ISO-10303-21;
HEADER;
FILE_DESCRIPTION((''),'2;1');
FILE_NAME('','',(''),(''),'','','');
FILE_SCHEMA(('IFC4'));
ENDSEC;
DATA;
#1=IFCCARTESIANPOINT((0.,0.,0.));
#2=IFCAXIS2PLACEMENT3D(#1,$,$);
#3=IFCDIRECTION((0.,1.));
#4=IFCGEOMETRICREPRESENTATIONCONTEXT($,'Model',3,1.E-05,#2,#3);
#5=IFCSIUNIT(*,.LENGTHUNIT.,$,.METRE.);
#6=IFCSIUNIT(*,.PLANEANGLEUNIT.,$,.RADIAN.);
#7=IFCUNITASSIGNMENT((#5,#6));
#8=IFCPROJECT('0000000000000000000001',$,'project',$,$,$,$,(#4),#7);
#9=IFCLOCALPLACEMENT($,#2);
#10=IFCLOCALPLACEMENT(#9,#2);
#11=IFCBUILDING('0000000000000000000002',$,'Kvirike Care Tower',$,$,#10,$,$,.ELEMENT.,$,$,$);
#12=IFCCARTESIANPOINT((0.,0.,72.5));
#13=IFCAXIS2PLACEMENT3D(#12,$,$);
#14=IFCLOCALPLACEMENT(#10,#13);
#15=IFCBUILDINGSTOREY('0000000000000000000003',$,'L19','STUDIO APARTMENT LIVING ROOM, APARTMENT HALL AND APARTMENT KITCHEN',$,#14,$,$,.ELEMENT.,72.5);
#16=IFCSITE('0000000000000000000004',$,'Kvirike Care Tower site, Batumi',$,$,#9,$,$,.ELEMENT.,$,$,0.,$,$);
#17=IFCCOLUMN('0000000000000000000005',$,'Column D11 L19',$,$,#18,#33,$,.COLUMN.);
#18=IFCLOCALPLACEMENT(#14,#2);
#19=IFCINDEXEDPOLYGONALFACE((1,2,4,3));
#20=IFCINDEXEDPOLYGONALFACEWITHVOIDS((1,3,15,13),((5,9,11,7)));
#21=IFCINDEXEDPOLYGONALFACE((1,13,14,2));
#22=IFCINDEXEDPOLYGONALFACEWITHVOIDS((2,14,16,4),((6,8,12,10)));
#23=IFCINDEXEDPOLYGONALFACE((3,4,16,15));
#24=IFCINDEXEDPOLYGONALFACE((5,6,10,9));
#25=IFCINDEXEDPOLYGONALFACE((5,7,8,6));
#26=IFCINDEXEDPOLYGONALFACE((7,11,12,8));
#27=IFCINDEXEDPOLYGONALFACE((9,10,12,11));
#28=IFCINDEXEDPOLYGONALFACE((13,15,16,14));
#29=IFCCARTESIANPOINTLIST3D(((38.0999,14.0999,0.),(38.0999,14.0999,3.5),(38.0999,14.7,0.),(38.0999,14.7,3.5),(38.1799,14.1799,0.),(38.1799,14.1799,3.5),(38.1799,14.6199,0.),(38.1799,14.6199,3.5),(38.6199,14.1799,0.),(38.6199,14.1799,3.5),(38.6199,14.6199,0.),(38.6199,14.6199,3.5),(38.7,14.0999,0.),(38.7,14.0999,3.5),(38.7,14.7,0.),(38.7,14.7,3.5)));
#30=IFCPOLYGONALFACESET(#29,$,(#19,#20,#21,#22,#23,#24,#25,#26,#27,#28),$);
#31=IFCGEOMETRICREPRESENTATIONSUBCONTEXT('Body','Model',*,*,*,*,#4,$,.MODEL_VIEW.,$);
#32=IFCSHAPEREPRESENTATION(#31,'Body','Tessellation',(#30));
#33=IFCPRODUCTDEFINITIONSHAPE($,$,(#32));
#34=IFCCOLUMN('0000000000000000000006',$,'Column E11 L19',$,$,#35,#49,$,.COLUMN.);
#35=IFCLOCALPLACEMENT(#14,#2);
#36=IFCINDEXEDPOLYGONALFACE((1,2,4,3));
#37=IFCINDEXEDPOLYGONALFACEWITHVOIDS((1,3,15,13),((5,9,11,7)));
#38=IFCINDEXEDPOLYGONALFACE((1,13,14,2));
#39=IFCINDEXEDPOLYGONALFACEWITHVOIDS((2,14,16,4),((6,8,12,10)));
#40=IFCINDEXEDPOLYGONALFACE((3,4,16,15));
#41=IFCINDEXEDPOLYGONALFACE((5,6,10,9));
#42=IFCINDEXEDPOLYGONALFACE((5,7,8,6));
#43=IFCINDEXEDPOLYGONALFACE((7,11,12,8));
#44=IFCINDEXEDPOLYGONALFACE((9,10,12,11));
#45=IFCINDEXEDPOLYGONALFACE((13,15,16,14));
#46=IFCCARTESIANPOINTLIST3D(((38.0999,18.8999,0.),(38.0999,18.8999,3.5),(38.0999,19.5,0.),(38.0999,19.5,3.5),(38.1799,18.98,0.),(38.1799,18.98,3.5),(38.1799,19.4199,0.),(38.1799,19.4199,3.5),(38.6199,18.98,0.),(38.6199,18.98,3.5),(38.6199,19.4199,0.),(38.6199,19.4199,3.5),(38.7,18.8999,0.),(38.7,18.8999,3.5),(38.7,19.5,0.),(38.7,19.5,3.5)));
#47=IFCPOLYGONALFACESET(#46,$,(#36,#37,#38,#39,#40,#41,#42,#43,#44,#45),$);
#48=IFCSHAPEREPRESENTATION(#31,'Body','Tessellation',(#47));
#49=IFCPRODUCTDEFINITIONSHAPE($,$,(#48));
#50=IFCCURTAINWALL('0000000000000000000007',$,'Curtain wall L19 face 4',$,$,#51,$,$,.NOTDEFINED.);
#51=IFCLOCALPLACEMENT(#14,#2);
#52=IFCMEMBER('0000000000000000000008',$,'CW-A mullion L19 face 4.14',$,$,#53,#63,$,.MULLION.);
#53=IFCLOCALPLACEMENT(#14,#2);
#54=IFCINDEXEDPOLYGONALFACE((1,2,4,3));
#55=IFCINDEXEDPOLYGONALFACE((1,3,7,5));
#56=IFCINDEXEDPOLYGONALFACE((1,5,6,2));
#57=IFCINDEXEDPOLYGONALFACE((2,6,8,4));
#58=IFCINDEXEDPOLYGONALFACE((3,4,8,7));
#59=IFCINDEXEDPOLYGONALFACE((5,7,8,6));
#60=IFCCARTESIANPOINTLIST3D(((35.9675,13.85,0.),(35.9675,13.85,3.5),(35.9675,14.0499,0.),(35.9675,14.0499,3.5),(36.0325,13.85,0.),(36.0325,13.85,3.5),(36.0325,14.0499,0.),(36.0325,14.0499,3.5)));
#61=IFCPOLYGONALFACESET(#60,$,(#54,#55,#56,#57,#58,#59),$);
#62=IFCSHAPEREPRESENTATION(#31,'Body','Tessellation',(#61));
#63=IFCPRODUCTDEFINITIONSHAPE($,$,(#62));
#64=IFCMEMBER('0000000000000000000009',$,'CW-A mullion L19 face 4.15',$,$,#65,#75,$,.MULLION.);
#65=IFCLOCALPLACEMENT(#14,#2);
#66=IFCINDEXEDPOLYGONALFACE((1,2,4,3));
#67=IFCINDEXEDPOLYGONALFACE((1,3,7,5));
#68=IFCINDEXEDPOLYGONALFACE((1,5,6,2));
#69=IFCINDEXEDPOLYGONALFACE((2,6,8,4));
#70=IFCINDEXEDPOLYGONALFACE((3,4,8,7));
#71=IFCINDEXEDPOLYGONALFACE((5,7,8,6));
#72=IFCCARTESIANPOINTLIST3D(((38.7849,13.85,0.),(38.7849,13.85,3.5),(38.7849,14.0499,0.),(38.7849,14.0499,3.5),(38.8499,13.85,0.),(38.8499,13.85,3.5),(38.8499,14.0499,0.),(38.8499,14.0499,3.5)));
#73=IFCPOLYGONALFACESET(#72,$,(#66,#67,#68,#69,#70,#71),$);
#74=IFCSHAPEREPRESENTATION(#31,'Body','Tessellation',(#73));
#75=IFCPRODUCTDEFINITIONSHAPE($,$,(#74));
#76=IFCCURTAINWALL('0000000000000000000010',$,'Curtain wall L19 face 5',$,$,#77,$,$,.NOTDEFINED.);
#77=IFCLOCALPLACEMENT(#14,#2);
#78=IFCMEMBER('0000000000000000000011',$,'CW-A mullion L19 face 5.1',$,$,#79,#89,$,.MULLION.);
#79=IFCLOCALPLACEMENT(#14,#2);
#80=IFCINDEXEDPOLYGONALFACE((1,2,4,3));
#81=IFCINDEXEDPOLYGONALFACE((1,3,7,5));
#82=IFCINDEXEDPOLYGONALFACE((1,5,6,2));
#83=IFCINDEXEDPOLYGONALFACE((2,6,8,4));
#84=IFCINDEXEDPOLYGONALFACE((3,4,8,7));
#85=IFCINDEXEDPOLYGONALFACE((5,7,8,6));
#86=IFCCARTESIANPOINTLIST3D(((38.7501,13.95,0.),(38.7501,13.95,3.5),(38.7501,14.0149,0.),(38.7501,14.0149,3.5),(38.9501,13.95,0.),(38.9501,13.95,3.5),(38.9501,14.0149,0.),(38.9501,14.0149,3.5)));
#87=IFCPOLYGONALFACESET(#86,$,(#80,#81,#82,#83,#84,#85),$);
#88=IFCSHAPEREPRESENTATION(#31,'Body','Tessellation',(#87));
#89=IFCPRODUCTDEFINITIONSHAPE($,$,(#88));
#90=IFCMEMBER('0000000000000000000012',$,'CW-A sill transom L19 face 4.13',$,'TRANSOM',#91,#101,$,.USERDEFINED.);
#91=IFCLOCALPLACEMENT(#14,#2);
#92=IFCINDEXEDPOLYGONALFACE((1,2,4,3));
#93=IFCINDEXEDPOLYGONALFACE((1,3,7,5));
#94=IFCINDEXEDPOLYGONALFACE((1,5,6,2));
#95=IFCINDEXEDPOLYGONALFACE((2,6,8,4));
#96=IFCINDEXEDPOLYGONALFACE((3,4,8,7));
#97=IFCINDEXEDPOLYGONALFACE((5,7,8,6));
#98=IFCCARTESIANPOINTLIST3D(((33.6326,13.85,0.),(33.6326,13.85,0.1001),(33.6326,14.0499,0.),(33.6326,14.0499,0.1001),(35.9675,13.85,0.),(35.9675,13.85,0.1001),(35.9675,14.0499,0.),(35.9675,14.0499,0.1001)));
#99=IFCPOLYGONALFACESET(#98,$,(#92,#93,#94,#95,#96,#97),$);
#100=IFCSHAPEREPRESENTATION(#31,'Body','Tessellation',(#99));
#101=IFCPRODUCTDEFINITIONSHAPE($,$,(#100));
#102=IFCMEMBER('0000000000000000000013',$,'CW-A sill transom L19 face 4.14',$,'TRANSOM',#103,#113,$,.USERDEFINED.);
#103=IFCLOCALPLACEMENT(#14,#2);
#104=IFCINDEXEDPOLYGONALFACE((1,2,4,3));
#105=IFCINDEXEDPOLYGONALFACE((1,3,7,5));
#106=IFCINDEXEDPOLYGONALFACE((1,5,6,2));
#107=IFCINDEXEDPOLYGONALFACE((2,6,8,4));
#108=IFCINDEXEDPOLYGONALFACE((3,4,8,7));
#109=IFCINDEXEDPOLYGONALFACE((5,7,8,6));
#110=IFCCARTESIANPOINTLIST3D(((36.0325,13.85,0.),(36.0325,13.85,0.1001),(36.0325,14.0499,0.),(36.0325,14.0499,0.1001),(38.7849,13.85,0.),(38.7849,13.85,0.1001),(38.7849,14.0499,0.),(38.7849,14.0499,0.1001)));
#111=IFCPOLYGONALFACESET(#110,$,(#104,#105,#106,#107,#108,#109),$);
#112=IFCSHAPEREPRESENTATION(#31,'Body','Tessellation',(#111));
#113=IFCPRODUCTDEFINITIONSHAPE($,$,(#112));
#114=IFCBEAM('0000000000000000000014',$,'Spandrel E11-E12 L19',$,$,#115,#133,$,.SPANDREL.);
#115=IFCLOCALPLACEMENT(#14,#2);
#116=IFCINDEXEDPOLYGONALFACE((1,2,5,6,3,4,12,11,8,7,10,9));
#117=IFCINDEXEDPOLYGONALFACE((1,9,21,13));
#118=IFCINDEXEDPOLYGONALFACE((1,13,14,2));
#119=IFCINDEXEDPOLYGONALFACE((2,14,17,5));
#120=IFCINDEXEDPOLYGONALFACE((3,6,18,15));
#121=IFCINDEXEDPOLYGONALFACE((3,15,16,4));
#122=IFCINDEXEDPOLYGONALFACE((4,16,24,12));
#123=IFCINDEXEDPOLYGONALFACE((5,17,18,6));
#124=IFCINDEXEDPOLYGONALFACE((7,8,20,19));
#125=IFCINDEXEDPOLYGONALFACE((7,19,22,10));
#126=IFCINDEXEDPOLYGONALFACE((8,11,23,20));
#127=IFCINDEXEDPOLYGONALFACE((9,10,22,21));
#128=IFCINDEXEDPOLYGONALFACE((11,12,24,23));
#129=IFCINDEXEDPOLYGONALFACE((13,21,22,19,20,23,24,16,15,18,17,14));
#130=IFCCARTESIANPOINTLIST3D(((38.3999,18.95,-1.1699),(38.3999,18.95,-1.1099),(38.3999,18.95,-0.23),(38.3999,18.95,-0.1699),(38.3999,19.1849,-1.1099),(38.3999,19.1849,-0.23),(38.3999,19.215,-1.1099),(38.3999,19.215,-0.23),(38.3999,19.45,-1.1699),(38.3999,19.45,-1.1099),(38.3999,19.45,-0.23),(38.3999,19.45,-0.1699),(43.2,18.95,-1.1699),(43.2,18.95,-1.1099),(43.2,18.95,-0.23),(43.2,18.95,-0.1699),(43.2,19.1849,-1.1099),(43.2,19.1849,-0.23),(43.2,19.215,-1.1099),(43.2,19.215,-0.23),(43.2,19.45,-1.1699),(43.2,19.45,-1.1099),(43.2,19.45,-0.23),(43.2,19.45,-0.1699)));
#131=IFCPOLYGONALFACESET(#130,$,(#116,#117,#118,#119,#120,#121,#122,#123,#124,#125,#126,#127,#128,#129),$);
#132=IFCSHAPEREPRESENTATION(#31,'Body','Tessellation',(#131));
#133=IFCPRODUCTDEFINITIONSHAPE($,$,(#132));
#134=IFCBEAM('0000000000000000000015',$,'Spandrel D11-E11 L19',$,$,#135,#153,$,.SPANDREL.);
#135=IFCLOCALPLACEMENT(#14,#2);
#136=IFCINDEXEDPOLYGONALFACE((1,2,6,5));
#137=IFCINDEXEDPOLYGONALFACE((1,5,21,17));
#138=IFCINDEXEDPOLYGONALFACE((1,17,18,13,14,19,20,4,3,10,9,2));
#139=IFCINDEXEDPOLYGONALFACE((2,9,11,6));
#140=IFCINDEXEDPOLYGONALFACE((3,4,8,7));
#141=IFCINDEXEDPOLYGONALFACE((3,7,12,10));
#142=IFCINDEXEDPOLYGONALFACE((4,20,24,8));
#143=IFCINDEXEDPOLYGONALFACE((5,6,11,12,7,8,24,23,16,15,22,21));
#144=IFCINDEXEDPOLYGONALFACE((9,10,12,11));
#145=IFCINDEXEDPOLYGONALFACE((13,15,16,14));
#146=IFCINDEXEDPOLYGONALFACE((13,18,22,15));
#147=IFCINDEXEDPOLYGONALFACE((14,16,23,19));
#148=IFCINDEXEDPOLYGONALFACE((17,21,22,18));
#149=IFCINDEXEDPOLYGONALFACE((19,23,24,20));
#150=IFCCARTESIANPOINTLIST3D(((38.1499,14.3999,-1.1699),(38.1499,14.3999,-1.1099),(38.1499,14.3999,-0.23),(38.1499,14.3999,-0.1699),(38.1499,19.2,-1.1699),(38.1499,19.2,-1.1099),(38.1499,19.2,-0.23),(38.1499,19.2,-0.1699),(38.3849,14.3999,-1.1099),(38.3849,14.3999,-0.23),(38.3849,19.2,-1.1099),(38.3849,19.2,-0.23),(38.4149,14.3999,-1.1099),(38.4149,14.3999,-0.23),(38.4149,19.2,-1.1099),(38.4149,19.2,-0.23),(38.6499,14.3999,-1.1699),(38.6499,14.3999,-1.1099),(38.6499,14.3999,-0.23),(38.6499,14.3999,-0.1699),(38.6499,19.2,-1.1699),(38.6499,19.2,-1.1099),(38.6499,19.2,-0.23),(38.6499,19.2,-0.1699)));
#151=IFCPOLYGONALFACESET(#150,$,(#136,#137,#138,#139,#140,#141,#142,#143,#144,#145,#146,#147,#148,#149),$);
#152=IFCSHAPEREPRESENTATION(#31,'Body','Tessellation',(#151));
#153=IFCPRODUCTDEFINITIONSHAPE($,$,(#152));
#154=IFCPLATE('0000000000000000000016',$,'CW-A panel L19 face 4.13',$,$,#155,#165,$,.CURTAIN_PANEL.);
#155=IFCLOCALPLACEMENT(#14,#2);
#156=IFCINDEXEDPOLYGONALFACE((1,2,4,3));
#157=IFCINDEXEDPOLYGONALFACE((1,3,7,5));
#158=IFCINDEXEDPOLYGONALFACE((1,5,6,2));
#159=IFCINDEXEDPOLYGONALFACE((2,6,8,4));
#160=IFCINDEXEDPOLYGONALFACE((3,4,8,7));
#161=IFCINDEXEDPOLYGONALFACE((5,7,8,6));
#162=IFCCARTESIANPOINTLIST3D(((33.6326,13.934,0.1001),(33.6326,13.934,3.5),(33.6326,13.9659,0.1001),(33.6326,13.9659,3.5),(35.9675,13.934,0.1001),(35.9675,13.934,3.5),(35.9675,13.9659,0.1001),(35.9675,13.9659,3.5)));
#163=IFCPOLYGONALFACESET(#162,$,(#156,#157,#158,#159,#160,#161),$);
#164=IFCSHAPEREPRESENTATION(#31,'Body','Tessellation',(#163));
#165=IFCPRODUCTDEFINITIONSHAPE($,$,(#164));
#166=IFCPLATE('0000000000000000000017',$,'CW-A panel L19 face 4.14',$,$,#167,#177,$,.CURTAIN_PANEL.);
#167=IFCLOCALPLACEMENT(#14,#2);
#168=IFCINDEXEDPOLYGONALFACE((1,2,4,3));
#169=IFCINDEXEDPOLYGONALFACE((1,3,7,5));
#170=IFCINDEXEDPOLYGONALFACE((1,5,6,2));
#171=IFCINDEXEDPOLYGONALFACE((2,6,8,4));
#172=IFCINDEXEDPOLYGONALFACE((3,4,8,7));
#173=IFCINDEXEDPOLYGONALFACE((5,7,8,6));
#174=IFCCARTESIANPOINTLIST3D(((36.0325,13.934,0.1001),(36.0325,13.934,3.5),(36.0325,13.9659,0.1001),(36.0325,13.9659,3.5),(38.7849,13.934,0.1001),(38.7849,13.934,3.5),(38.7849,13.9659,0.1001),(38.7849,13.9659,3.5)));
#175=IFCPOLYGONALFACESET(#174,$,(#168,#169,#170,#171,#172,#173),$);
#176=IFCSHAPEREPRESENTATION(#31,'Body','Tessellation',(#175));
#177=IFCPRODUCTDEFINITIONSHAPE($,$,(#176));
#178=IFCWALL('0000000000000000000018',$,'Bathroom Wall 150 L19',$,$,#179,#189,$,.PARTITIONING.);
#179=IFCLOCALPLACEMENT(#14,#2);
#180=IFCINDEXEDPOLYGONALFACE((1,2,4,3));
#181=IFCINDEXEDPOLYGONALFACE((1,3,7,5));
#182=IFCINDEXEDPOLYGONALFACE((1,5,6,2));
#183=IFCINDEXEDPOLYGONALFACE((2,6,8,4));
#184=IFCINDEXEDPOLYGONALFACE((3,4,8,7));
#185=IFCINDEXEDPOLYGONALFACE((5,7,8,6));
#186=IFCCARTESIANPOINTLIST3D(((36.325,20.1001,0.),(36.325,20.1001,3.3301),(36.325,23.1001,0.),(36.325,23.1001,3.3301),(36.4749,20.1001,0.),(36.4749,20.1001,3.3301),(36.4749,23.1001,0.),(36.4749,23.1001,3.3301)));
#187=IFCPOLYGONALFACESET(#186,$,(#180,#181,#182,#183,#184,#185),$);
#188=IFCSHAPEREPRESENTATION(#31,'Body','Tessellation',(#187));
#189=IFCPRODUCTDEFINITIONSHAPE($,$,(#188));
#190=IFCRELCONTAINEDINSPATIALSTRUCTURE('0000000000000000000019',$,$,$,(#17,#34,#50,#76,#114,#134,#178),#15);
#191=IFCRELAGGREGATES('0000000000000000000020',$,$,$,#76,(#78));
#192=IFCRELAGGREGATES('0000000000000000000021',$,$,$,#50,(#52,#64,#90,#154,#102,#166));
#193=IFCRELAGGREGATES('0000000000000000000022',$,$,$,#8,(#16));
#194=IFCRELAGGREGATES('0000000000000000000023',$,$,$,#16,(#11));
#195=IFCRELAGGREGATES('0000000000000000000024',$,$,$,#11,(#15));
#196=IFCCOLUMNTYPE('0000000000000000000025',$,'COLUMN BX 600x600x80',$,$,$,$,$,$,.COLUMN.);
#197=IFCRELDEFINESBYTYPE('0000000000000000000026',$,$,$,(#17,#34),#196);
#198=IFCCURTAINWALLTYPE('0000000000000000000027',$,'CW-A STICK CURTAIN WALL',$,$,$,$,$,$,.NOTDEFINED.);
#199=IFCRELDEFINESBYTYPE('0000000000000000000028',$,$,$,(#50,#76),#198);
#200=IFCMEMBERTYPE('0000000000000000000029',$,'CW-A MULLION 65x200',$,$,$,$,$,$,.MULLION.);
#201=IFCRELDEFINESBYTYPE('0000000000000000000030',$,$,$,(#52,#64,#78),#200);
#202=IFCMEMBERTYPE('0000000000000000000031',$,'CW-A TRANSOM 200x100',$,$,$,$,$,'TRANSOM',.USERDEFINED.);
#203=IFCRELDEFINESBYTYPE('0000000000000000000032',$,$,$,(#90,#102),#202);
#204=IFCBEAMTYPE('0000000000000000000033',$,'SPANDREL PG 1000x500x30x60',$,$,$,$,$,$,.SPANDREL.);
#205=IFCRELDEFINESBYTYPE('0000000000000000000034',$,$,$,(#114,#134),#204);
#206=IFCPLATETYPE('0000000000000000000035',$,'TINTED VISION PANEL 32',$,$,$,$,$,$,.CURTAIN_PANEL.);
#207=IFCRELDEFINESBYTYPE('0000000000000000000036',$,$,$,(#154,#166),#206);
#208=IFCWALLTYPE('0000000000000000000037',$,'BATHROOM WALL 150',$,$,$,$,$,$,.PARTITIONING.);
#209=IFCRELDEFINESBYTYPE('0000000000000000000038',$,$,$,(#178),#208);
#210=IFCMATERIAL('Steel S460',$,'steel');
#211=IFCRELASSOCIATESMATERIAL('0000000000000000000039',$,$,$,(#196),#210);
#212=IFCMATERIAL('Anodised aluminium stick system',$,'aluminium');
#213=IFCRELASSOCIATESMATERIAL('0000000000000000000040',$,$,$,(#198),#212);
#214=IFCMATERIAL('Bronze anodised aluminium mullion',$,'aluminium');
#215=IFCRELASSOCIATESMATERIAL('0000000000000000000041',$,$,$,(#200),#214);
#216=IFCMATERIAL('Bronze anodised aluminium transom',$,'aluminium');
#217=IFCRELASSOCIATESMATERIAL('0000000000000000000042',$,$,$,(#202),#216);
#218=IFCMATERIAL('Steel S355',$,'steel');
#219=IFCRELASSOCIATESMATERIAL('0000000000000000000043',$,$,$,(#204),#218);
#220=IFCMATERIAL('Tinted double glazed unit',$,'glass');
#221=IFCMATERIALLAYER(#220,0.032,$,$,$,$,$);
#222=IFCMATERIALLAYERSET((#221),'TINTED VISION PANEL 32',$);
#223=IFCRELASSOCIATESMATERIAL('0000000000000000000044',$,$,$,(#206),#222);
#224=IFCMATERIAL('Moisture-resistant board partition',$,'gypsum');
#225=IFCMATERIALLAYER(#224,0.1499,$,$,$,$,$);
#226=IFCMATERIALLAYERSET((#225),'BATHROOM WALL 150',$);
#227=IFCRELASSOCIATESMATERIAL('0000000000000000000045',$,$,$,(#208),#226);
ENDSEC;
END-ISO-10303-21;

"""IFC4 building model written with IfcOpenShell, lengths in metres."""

from ifc_helpers import new_model, si_unit, direction, frame, frame_2d, origin, origin_2d, place, context, subcontext, project, spatial, rectangle, hollow_rectangle, i_section, extrude, material, layer, layer_set, material_profile, profile_set, type_object, element, aggregate, save


model = new_model("IFC4")

# Units and contexts
model_context = context("Model", 3, precision=1e-05, world=origin(), true_north=direction((0.0, 1.0)))
body_context = subcontext(model_context, "Body", "Model", "MODEL_VIEW")
ifc_project = project(units=[si_unit("LENGTHUNIT", "METRE"), si_unit("PLANEANGLEUNIT", "RADIAN")], contexts=[model_context])

# Site, building, storey
site_placement = place(None, origin())
site = spatial("IfcSite", under=ifc_project, at=site_placement, Name="Kvirike Care Tower site, Batumi", CompositionType="ELEMENT", RefElevation=0.0)
building_placement = place(site_placement, origin())
building = spatial("IfcBuilding", under=site, at=building_placement, Name="Kvirike Care Tower", CompositionType="ELEMENT")
storey_placement = place(building_placement, frame((0.0, 0.0, 72.5)))
storey = spatial("IfcBuildingStorey", under=building, at=storey_placement, Name="L19", Description="STUDIO APARTMENT LIVING ROOM, APARTMENT HALL AND APARTMENT KITCHEN", CompositionType="ELEMENT", Elevation=72.5)

# Columns
ifc_material_1 = material(Name="Steel S460", Category="steel")
ifc_material_profile_1 = material_profile(ifc_material_1, hollow_rectangle(XDim=0.6001, YDim=0.6001, WallThickness=0.0801, at=origin_2d()), Name="BX 600x600x80")
ifc_profile_set_1 = profile_set([ifc_material_profile_1], Name="Steel S460")
column_type = type_object("IfcColumnType", Name="COLUMN BX 600x600x80", PredefinedType="COLUMN", material=ifc_profile_set_1)
for number, where, z_axis, x_axis, name in (
    (1, (38.3999, 14.3999, 0.0), (0.0, 0.0, 1.0), (0.0, 1.0, 0.0), "Column D11 L19"),
    (2, (38.3999, 19.2, 0.0), (0.0, 0.0, 1.0), (0.0, 1.0, 0.0), "Column E11 L19"),
):
    element("IfcColumn", number, at=place(storey_placement, frame(where, z_axis=z_axis, x_axis=x_axis)), inside=storey, type_object=column_type, Name=name, PredefinedType="COLUMN", context=body_context, shape_type="SweptSolid", body=[
        extrude(hollow_rectangle(XDim=0.6001, YDim=0.6001, WallThickness=0.0801, at=origin_2d()), origin(), (0.0, 0.0, 1.0), 3.5),
    ])

# Curtain wall, members
ifc_material_2 = material(Name="Anodised aluminium stick system", Category="aluminium")
curtain_wall_type = type_object("IfcCurtainWallType", Name="CW-A STICK CURTAIN WALL", PredefinedType="NOTDEFINED", material=ifc_material_2)
curtain_wall_1_placement = place(storey_placement, origin())
curtain_wall_1 = element("IfcCurtainWall", 3, at=curtain_wall_1_placement, inside=storey, type_object=curtain_wall_type, Name="Curtain wall L19 face 4", PredefinedType="NOTDEFINED")
ifc_material_3 = material(Name="Bronze anodised aluminium mullion", Category="aluminium")
ifc_material_profile_2 = material_profile(ifc_material_3, rectangle(XDim=0.0649, YDim=0.2, at=origin_2d()), Name="CW-A MULLION 65x200")
ifc_profile_set_2 = profile_set([ifc_material_profile_2], Name="Bronze anodised aluminium mullion")
member_type_1 = type_object("IfcMemberType", Name="CW-A MULLION 65x200", PredefinedType="MULLION", material=ifc_profile_set_2)
member_1_placement = place(storey_placement, frame((36.0, 13.95, 0.0), z_axis=(0.0, 0.0, 1.0), x_axis=(1.0, 0.0, 0.0)))
member_1 = element("IfcMember", 4, at=member_1_placement, type_object=member_type_1, Name="CW-A mullion L19 face 4.14", PredefinedType="MULLION", context=body_context, shape_type="SweptSolid", body=[
    extrude(rectangle(XDim=0.0649, YDim=0.2, at=origin_2d()), origin(), (0.0, 0.0, 1.0), 3.5),
])
member_2_placement = place(storey_placement, frame((38.8174, 13.95, 0.0), z_axis=(0.0, 0.0, 1.0), x_axis=(1.0, 0.0, 0.0)))
member_2 = element("IfcMember", 5, at=member_2_placement, type_object=member_type_1, Name="CW-A mullion L19 face 4.15", PredefinedType="MULLION", context=body_context, shape_type="SweptSolid", body=[
    extrude(rectangle(XDim=0.0649, YDim=0.2, at=origin_2d()), origin(), (0.0, 0.0, 1.0), 3.5),
])

# Curtain wall, member
curtain_wall_2_placement = place(storey_placement, origin())
curtain_wall_2 = element("IfcCurtainWall", 6, at=curtain_wall_2_placement, inside=storey, type_object=curtain_wall_type, Name="Curtain wall L19 face 5", PredefinedType="NOTDEFINED")
member_3_placement = place(storey_placement, frame((38.8501, 13.9824, 0.0), z_axis=(0.0, 0.0, 1.0), x_axis=(0.0, 1.0, 0.0)))
member_3 = element("IfcMember", 7, at=member_3_placement, type_object=member_type_1, Name="CW-A mullion L19 face 5.1", PredefinedType="MULLION", context=body_context, shape_type="SweptSolid", body=[
    extrude(rectangle(XDim=0.0649, YDim=0.2, at=origin_2d()), origin(), (0.0, 0.0, 1.0), 3.5),
])
aggregate(curtain_wall_2, [member_3])

# Members
ifc_material_4 = material(Name="Bronze anodised aluminium transom", Category="aluminium")
ifc_material_profile_3 = material_profile(ifc_material_4, rectangle(XDim=0.2, YDim=0.1001, at=origin_2d()), Name="CW-A TRANSOM 200x100")
ifc_profile_set_3 = profile_set([ifc_material_profile_3], Name="Bronze anodised aluminium transom")
member_type_2 = type_object("IfcMemberType", Name="CW-A TRANSOM 200x100", ElementType="TRANSOM", PredefinedType="USERDEFINED", material=ifc_profile_set_3)
member_4_placement = place(storey_placement, frame((33.6326, 13.95, 0.05), z_axis=(1.0, 0.0, 0.0), x_axis=(0.0, 1.0, 0.0)))
member_4 = element("IfcMember", 8, at=member_4_placement, type_object=member_type_2, Name="CW-A sill transom L19 face 4.13", ObjectType="TRANSOM", PredefinedType="USERDEFINED", context=body_context, shape_type="SweptSolid", body=[
    extrude(rectangle(XDim=0.2, YDim=0.1001, at=origin_2d()), origin(), (0.0, 0.0, 1.0), 2.335),
])
member_5_placement = place(storey_placement, frame((36.0325, 13.95, 0.05), z_axis=(1.0, 0.0, 0.0), x_axis=(0.0, 1.0, 0.0)))
member_5 = element("IfcMember", 9, at=member_5_placement, type_object=member_type_2, Name="CW-A sill transom L19 face 4.14", ObjectType="TRANSOM", PredefinedType="USERDEFINED", context=body_context, shape_type="SweptSolid", body=[
    extrude(rectangle(XDim=0.2, YDim=0.1001, at=origin_2d()), origin(), (0.0, 0.0, 1.0), 2.7524),
])

# Beams
ifc_material_5 = material(Name="Steel S355", Category="steel")
ifc_material_profile_4 = material_profile(ifc_material_5, i_section(OverallWidth=0.5, OverallDepth=1.0, WebThickness=0.03, FlangeThickness=0.0601, at=origin_2d()), Name="PG 1000x500x30x60")
ifc_profile_set_4 = profile_set([ifc_material_profile_4], Name="Steel S355")
beam_type = type_object("IfcBeamType", Name="SPANDREL PG 1000x500x30x60", PredefinedType="SPANDREL", material=ifc_profile_set_4)
for number, where, z_axis, x_axis, name in (
    (10, (38.3999, 19.2, -0.6699), (1.0, 0.0, 0.0), (0.0, 1.0, 0.0), "Spandrel E11-E12 L19"),
    (11, (38.3999, 14.3999, -0.6699), (0.0, 1.0, 0.0), (-1.0, 0.0, 0.0), "Spandrel D11-E11 L19"),
):
    element("IfcBeam", number, at=place(storey_placement, frame(where, z_axis=z_axis, x_axis=x_axis)), inside=storey, type_object=beam_type, Name=name, PredefinedType="SPANDREL", context=body_context, shape_type="SweptSolid", body=[
        extrude(i_section(OverallWidth=0.5, OverallDepth=1.0, WebThickness=0.03, FlangeThickness=0.0601, at=origin_2d()), origin(), (0.0, 0.0, 1.0), 4.8),
    ])

# Plates
ifc_material_6 = material(Name="Tinted double glazed unit", Category="glass")
ifc_layer_1 = layer(ifc_material_6, 0.032)
ifc_layer_set_1 = layer_set([ifc_layer_1], Name="TINTED VISION PANEL 32")
plate_type = type_object("IfcPlateType", Name="TINTED VISION PANEL 32", PredefinedType="CURTAIN_PANEL", material=ifc_layer_set_1)
plate_1_placement = place(storey_placement, frame((34.8, 13.95, 0.1001), z_axis=(0.0, 0.0, 1.0), x_axis=(1.0, 0.0, 0.0)))
plate_1 = element("IfcPlate", 12, at=plate_1_placement, type_object=plate_type, Name="CW-A panel L19 face 4.13", PredefinedType="CURTAIN_PANEL", context=body_context, shape_type="SweptSolid", body=[
    extrude(rectangle(XDim=2.335, YDim=0.032, at=origin_2d()), origin(), (0.0, 0.0, 1.0), 3.3999),
])
plate_2_placement = place(storey_placement, frame((37.4087, 13.95, 0.1001), z_axis=(0.0, 0.0, 1.0), x_axis=(1.0, 0.0, 0.0)))
plate_2 = element("IfcPlate", 13, at=plate_2_placement, type_object=plate_type, Name="CW-A panel L19 face 4.14", PredefinedType="CURTAIN_PANEL", context=body_context, shape_type="SweptSolid", body=[
    extrude(rectangle(XDim=2.7524, YDim=0.032, at=origin_2d()), origin(), (0.0, 0.0, 1.0), 3.3999),
])
aggregate(curtain_wall_1, [member_1, member_2, member_4, plate_1, member_5, plate_2])

# Wall
ifc_material_7 = material(Name="Moisture-resistant board partition", Category="gypsum")
ifc_layer_2 = layer(ifc_material_7, 0.1499)
ifc_layer_set_2 = layer_set([ifc_layer_2], Name="BATHROOM WALL 150")
wall_type_1 = type_object("IfcWallType", Name="BATHROOM WALL 150", PredefinedType="PARTITIONING", material=ifc_layer_set_2)
wall_1_placement = place(storey_placement, frame((36.3999, 20.1001, 0.0), z_axis=(0.0, 0.0, 1.0), x_axis=(0.0, 1.0, 0.0)))
element("IfcWall", 14, at=wall_1_placement, inside=storey, type_object=wall_type_1, Name="Bathroom Wall 150 L19", PredefinedType="PARTITIONING", context=body_context, shape_type="SweptSolid", body=[
    extrude(rectangle(XDim=3.0, YDim=0.1499, at=frame_2d((1.5, 0.0))), origin(), (0.0, 0.0, 1.0), 3.3301),
])

save(model, "model.ifc")
